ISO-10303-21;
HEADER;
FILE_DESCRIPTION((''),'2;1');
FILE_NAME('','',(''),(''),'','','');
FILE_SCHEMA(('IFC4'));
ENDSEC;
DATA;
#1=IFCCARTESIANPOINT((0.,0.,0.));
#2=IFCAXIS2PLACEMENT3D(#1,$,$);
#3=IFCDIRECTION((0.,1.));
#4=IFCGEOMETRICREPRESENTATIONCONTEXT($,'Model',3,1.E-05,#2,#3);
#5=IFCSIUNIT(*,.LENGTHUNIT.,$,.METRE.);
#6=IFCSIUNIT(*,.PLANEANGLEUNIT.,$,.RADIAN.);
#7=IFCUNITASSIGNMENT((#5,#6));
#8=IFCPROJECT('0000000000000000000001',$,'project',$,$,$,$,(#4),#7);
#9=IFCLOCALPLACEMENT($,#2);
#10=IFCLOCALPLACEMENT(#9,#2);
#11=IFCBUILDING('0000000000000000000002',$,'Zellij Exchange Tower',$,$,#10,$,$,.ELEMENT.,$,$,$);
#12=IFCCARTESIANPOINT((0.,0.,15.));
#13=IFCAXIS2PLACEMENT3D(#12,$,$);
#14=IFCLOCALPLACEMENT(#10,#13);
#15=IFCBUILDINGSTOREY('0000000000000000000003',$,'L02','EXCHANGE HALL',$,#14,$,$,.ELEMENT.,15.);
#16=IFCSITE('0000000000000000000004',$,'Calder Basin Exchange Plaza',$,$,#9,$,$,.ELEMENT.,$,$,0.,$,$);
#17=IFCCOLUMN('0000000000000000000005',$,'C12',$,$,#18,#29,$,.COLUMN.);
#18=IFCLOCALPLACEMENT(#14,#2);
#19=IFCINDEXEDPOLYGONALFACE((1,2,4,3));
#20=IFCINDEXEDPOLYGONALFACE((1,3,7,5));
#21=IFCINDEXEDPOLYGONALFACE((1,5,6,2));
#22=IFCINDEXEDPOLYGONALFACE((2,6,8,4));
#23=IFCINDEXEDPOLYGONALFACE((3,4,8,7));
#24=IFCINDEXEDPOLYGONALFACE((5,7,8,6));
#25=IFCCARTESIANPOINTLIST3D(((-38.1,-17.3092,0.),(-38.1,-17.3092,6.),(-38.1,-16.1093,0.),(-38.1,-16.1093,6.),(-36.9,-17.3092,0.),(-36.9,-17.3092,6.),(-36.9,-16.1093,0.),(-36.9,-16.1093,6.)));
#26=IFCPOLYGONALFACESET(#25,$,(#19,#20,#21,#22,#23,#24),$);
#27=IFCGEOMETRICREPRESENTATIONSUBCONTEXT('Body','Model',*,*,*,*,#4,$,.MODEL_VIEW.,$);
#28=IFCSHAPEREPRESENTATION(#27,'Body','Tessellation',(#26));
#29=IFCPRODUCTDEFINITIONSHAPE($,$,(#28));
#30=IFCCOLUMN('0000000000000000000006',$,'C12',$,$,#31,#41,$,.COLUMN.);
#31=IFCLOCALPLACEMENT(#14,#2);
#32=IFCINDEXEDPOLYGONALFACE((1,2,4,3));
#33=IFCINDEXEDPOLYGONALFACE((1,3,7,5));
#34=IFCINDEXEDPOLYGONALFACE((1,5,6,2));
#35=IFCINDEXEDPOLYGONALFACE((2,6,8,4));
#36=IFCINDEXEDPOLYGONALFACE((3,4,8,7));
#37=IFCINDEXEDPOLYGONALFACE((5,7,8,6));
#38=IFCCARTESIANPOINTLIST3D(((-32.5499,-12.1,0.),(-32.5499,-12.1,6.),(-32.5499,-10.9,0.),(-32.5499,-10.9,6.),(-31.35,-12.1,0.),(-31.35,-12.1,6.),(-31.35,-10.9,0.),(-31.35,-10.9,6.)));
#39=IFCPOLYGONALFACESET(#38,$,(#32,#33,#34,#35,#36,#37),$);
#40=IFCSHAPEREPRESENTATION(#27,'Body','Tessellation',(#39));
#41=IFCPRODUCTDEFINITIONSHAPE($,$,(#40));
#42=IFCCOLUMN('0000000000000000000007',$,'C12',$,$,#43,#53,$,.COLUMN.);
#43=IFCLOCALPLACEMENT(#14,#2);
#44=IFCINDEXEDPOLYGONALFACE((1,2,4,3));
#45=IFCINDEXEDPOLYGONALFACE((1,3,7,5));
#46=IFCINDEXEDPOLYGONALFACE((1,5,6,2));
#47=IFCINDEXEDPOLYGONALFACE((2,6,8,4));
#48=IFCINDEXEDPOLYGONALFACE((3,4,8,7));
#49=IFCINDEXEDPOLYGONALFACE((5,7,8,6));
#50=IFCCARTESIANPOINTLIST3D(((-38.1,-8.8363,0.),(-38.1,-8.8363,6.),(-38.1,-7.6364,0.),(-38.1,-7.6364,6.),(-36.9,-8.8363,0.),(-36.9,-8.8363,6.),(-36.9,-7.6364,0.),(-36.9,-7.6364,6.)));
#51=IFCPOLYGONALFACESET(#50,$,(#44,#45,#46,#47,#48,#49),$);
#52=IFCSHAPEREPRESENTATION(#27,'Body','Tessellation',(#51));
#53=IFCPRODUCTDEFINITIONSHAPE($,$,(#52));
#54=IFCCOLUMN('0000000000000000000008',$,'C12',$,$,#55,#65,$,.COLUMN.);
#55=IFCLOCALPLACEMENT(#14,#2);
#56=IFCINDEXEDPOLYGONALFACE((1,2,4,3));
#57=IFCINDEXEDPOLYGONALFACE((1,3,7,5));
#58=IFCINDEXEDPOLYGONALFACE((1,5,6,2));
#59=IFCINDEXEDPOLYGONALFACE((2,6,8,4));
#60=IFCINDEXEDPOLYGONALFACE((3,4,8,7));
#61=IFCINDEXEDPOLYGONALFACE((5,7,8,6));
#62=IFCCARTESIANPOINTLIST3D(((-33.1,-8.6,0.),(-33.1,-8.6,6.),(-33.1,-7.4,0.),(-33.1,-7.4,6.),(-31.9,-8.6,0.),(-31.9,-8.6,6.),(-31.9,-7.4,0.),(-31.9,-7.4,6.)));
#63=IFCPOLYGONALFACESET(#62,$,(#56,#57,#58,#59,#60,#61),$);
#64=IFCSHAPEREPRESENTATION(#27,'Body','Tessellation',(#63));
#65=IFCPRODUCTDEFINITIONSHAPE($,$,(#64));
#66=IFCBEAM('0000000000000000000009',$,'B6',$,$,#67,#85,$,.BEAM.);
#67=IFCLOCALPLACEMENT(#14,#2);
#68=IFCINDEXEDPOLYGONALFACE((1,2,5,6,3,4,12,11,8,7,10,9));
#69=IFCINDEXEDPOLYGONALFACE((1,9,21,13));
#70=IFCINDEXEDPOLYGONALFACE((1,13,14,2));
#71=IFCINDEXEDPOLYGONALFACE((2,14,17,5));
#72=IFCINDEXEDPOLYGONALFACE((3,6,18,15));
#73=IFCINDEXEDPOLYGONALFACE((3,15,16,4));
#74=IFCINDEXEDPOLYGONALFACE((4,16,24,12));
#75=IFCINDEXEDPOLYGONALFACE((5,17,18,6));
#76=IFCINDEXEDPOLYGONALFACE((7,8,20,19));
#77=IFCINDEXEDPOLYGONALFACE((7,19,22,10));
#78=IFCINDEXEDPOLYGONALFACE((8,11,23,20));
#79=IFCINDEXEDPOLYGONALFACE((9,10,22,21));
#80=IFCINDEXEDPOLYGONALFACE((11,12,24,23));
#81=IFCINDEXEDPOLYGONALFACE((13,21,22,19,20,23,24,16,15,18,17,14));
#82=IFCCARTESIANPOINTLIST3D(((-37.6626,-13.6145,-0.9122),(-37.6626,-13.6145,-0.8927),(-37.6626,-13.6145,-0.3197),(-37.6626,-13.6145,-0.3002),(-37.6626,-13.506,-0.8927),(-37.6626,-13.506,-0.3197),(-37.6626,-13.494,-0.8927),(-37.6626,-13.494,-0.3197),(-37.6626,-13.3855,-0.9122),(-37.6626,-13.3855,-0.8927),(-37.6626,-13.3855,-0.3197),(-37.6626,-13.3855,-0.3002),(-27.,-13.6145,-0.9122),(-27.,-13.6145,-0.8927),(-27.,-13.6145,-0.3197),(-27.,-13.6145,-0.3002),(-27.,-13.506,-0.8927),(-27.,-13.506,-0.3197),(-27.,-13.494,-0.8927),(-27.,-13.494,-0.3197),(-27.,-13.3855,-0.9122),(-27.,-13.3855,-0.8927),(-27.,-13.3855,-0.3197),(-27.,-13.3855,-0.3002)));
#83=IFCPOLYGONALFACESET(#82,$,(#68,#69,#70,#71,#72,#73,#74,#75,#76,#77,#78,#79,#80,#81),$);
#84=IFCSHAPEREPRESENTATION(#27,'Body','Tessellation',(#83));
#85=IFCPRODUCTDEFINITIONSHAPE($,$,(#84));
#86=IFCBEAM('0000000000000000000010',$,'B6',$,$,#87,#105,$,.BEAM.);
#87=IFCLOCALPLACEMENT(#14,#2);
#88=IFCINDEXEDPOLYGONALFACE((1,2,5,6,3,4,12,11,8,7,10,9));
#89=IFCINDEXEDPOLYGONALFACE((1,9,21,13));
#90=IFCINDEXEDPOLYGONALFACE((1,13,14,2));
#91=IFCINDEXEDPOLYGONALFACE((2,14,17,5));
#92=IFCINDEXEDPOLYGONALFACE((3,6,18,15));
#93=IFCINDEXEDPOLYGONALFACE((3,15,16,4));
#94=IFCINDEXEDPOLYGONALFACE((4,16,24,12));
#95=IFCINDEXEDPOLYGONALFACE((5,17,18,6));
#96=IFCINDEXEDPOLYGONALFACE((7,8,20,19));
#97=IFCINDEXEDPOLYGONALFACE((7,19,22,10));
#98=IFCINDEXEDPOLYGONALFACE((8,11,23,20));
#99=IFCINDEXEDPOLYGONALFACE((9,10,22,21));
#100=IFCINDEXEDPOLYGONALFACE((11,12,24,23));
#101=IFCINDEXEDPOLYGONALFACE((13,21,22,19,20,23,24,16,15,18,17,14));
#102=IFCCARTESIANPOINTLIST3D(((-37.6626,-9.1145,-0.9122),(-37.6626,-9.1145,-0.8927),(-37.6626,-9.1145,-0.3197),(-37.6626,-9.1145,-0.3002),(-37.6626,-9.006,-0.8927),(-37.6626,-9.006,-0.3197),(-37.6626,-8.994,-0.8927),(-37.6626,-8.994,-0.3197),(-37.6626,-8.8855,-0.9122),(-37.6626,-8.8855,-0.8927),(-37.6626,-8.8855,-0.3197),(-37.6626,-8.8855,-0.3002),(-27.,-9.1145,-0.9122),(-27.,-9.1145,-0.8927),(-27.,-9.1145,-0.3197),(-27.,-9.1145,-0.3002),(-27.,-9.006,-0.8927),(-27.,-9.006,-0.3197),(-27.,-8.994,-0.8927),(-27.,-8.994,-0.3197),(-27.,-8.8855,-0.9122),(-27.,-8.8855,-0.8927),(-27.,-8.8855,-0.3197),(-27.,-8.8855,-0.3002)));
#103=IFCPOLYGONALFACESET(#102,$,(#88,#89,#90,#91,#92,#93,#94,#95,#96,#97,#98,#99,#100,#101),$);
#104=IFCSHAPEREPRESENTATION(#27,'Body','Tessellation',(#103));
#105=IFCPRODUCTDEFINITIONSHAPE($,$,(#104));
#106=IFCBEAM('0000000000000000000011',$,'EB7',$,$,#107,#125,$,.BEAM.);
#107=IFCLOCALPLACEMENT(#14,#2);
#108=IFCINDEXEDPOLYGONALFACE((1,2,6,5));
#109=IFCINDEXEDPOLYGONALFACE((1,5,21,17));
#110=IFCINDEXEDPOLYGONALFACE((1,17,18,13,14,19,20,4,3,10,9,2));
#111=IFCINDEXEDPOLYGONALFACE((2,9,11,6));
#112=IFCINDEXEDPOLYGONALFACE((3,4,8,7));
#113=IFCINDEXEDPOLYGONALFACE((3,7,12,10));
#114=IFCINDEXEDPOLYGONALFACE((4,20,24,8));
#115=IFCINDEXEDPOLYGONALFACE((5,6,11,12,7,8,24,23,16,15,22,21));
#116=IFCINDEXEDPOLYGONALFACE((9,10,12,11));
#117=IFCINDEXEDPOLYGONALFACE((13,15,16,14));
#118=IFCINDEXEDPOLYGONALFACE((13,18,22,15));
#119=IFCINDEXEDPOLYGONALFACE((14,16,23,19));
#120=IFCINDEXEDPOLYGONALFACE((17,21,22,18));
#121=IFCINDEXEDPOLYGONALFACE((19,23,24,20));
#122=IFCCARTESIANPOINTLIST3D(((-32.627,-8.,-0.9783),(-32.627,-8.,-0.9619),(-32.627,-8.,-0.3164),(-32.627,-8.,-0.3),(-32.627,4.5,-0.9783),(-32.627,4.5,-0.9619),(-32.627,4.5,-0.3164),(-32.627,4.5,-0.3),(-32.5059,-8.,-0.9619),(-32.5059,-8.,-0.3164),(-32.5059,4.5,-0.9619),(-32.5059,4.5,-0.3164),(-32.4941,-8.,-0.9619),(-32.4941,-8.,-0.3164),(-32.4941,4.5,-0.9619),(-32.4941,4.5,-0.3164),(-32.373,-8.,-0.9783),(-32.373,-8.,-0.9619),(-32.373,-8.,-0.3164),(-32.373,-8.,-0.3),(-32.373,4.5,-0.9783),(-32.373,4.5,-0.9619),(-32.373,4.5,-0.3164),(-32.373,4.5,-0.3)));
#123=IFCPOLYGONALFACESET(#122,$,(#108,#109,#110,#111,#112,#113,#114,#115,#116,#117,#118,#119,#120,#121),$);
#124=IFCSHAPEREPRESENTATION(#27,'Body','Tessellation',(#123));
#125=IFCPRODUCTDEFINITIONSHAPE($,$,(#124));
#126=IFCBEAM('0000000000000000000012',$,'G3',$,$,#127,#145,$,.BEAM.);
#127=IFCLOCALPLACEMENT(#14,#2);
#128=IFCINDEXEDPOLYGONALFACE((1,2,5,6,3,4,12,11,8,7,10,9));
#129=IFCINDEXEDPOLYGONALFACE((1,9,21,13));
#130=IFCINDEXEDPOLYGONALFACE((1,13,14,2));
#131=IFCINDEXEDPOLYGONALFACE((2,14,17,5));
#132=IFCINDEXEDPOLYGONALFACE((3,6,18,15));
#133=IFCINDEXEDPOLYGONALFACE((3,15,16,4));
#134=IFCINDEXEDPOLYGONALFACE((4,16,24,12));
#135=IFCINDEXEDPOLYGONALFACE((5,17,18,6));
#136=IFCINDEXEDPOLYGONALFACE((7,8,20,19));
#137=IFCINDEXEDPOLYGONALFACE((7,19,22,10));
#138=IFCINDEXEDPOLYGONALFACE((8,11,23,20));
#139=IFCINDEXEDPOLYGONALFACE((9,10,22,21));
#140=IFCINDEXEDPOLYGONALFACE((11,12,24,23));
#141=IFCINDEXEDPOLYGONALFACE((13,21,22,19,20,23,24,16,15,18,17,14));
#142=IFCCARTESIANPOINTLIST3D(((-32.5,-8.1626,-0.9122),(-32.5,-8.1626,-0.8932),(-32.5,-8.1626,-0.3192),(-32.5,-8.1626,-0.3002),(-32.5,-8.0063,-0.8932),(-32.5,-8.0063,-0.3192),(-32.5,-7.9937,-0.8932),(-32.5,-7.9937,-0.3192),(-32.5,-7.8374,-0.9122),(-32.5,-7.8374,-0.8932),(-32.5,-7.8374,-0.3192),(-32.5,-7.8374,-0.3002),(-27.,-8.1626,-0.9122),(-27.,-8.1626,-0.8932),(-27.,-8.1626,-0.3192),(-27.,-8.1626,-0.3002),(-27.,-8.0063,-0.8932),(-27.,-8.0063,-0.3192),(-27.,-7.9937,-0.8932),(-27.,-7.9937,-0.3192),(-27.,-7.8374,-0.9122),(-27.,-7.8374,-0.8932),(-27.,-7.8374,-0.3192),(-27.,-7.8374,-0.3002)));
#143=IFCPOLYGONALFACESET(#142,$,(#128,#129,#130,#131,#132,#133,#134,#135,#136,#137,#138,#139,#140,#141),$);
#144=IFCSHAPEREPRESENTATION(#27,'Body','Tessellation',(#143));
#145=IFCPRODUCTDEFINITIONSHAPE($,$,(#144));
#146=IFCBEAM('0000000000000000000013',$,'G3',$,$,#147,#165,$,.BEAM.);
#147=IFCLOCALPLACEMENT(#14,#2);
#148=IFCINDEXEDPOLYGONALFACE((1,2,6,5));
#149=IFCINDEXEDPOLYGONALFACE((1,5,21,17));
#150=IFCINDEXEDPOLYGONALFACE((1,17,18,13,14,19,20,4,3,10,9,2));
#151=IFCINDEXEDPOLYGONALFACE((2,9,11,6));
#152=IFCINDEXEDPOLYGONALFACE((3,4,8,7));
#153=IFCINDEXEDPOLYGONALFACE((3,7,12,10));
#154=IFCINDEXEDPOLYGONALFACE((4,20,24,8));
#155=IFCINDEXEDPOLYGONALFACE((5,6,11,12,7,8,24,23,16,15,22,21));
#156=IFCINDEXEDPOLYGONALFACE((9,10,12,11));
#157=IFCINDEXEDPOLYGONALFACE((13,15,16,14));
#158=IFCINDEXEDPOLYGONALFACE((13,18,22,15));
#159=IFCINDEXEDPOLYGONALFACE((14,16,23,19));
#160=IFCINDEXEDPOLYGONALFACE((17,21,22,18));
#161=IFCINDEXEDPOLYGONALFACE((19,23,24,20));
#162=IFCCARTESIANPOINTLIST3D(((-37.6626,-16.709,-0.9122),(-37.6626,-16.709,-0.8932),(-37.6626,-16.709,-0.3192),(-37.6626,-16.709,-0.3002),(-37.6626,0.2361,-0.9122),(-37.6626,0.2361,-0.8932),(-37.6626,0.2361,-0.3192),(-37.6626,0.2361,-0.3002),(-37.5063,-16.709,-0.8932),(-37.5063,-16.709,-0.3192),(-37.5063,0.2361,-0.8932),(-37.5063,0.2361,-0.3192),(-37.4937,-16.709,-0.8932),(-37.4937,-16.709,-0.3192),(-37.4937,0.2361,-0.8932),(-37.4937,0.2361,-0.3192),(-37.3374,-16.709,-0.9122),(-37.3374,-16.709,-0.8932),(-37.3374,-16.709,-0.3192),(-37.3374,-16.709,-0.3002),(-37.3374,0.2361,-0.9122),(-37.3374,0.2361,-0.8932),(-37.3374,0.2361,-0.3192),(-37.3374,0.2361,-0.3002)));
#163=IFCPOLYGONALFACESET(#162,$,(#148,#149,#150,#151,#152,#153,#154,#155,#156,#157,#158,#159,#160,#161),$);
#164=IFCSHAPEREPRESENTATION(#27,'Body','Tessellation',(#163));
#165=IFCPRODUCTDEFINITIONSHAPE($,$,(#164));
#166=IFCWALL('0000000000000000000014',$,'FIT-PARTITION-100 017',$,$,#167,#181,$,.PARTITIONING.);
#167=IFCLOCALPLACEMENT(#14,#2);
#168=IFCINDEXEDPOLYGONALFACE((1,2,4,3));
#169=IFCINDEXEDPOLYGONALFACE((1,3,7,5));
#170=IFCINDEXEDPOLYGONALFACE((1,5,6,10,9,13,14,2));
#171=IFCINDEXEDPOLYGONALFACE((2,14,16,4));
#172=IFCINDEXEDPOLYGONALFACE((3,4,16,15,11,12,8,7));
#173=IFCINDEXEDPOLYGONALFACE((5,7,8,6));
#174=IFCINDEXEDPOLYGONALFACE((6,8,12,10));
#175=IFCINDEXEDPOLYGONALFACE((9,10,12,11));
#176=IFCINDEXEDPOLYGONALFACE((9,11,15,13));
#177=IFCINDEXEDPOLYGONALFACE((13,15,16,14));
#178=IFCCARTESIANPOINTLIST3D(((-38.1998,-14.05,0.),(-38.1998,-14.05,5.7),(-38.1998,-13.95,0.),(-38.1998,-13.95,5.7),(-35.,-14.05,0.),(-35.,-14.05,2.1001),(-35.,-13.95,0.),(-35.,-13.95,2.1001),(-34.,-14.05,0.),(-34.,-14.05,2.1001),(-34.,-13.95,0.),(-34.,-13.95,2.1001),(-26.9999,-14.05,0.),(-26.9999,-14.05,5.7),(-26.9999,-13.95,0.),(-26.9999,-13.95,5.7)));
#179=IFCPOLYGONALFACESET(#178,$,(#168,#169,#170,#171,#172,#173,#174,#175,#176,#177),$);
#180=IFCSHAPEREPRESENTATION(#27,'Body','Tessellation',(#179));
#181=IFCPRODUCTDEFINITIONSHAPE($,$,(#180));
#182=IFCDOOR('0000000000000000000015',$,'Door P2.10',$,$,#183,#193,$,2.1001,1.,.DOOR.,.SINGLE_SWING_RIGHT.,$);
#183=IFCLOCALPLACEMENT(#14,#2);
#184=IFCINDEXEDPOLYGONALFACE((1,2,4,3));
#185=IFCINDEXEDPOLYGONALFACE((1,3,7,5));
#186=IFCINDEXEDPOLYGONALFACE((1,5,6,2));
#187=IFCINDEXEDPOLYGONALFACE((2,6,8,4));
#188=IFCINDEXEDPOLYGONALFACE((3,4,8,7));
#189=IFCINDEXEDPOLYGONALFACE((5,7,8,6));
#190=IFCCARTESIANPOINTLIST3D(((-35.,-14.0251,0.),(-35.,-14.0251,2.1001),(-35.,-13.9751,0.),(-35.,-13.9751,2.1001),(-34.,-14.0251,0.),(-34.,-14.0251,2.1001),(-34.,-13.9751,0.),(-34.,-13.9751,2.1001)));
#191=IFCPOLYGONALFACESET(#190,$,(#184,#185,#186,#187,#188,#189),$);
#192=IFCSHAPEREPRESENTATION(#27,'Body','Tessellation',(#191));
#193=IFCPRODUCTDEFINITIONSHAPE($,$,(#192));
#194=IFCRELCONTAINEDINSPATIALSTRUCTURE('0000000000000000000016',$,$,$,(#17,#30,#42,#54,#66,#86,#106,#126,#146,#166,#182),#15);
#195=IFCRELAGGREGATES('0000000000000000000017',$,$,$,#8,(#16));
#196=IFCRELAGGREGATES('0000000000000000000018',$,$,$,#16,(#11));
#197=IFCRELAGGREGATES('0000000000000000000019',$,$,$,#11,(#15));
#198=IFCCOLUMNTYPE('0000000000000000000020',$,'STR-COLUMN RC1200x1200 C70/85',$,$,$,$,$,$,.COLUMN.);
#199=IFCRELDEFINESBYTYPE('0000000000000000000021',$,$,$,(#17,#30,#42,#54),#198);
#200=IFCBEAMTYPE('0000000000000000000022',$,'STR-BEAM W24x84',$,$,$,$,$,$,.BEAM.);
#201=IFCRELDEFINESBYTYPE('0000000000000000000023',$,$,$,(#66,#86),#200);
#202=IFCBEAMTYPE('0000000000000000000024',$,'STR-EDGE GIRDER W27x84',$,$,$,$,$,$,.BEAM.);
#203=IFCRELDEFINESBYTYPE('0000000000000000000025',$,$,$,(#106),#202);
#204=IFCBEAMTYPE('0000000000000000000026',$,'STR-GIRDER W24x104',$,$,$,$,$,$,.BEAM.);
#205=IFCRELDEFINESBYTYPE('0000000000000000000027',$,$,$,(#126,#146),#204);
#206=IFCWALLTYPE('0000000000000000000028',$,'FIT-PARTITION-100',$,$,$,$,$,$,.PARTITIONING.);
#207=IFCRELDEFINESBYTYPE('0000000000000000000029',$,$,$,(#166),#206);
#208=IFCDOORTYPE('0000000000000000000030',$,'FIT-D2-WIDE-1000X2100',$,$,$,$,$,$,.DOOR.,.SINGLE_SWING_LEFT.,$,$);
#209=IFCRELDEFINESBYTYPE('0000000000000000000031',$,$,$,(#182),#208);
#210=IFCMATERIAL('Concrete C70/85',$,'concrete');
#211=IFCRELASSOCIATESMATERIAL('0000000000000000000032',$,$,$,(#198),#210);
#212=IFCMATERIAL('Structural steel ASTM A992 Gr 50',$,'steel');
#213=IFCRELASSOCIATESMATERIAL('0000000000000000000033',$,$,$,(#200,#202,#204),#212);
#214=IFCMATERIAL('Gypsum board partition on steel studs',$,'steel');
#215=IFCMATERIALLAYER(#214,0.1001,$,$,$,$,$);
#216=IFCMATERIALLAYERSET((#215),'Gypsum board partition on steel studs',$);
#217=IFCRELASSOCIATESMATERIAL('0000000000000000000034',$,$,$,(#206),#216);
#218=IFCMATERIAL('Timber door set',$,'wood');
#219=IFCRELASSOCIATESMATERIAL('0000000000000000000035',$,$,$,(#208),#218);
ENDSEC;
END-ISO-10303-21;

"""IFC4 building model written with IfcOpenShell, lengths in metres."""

from ifc_helpers import new_model, si_unit, direction, frame, frame_2d, origin, origin_2d, place, context, subcontext, project, spatial, rectangle, i_section, extrude, material, layer, layer_set, material_profile, profile_set, type_object, element, fill, save


model = new_model("IFC4")

# Units and contexts
model_context = context("Model", 3, precision=1e-05, world=origin(), true_north=direction((0.0, 1.0)))
body_context = subcontext(model_context, "Body", "Model", "MODEL_VIEW")
ifc_project = project(units=[si_unit("LENGTHUNIT", "METRE"), si_unit("PLANEANGLEUNIT", "RADIAN")], contexts=[model_context])

# Site, building, storey
site_placement = place(None, origin())
site = spatial("IfcSite", under=ifc_project, at=site_placement, Name="Calder Basin Exchange Plaza", CompositionType="ELEMENT", RefElevation=0.0)
building_placement = place(site_placement, origin())
building = spatial("IfcBuilding", under=site, at=building_placement, Name="Zellij Exchange Tower", CompositionType="ELEMENT")
storey_placement = place(building_placement, frame((0.0, 0.0, 15.0)))
storey = spatial("IfcBuildingStorey", under=building, at=storey_placement, Name="L02", Description="EXCHANGE HALL", CompositionType="ELEMENT", Elevation=15.0)

# Columns
ifc_material_1 = material(Name="Concrete C70/85", Category="concrete")
ifc_material_profile_1 = material_profile(ifc_material_1, rectangle(XDim=1.2, YDim=1.2, at=origin_2d()), Name="STR-COLUMN RC1200x1200 C70/85")
ifc_profile_set_1 = profile_set([ifc_material_profile_1], Name="Concrete C70/85")
column_type = type_object("IfcColumnType", Name="STR-COLUMN RC1200x1200 C70/85", PredefinedType="COLUMN", material=ifc_profile_set_1)
for number, where, z_axis, x_axis, name in (
    (1, (-37.5, -16.7092, 0.0), (0.0, 0.0, 1.0), (1.0, 0.0, 0.0), "C12"),
    (2, (-31.95, -11.5, 0.0), (0.0, 0.0, 1.0), (1.0, 0.0, 0.0), "C12"),
    (3, (-37.5, -8.2363, 0.0), (0.0, 0.0, 1.0), (1.0, 0.0, 0.0), "C12"),
    (4, (-32.5, -8.0, 0.0), (0.0, 0.0, 1.0), (1.0, 0.0, 0.0), "C12"),
):
    element("IfcColumn", number, at=place(storey_placement, frame(where, z_axis=z_axis, x_axis=x_axis)), inside=storey, type_object=column_type, Name=name, PredefinedType="COLUMN", context=body_context, shape_type="SweptSolid", body=[
        extrude(rectangle(XDim=1.2, YDim=1.2, at=origin_2d()), origin(), (0.0, 0.0, 1.0), 6.0),
    ])

# Beams
ifc_material_2 = material(Name="Structural steel ASTM A992 Gr 50", Category="steel")
ifc_material_profile_2 = material_profile(ifc_material_2, i_section(OverallWidth=0.229, OverallDepth=0.6121, WebThickness=0.012, FlangeThickness=0.0195, at=origin_2d()), Name="W24x84")
ifc_profile_set_2 = profile_set([ifc_material_profile_2], Name="Structural steel ASTM A992 Gr 50")
beam_type_1 = type_object("IfcBeamType", Name="STR-BEAM W24x84", PredefinedType="BEAM", material=ifc_profile_set_2)
for number, where, z_axis, x_axis, name in (
    (5, (-37.6626, -13.5, -0.6062), (1.0, 0.0, 0.0), (0.0, 1.0, 0.0), "B6"),
    (6, (-37.6626, -9.0, -0.6062), (1.0, 0.0, 0.0), (0.0, 1.0, 0.0), "B6"),
):
    element("IfcBeam", number, at=place(storey_placement, frame(where, z_axis=z_axis, x_axis=x_axis)), inside=storey, type_object=beam_type_1, Name=name, PredefinedType="BEAM", context=body_context, shape_type="SweptSolid", body=[
        extrude(i_section(OverallWidth=0.229, OverallDepth=0.6121, WebThickness=0.012, FlangeThickness=0.0195, at=origin_2d()), origin(), (0.0, 0.0, 1.0), 10.6626),
    ])
ifc_material_profile_3 = material_profile(ifc_material_2, i_section(OverallWidth=0.2539, OverallDepth=0.6782, WebThickness=0.0117, FlangeThickness=0.0164, at=origin_2d()), Name="W27x84")
ifc_profile_set_3 = profile_set([ifc_material_profile_3], Name="Structural steel ASTM A992 Gr 50")
beam_type_2 = type_object("IfcBeamType", Name="STR-EDGE GIRDER W27x84", PredefinedType="BEAM", material=ifc_profile_set_3)
beam_1_placement = place(storey_placement, frame((-32.5, -8.0, -0.6392), z_axis=(0.0, 1.0, 0.0), x_axis=(-1.0, 0.0, 0.0)))
element("IfcBeam", 7, at=beam_1_placement, inside=storey, type_object=beam_type_2, Name="EB7", PredefinedType="BEAM", context=body_context, shape_type="SweptSolid", body=[
    extrude(i_section(OverallWidth=0.2539, OverallDepth=0.6782, WebThickness=0.0117, FlangeThickness=0.0164, at=origin_2d()), origin(), (0.0, 0.0, 1.0), 12.5),
])
ifc_material_profile_4 = material_profile(ifc_material_2, i_section(OverallWidth=0.3252, OverallDepth=0.6121, WebThickness=0.0127, FlangeThickness=0.019, at=origin_2d()), Name="W24x104")
ifc_profile_set_4 = profile_set([ifc_material_profile_4], Name="Structural steel ASTM A992 Gr 50")
beam_type_3 = type_object("IfcBeamType", Name="STR-GIRDER W24x104", PredefinedType="BEAM", material=ifc_profile_set_4)
beam_2_placement = place(storey_placement, frame((-32.5, -8.0, -0.6062), z_axis=(1.0, 0.0, 0.0), x_axis=(0.0, 1.0, 0.0)))
element("IfcBeam", 8, at=beam_2_placement, inside=storey, type_object=beam_type_3, Name="G3", PredefinedType="BEAM", context=body_context, shape_type="SweptSolid", body=[
    extrude(i_section(OverallWidth=0.3252, OverallDepth=0.6121, WebThickness=0.0127, FlangeThickness=0.019, at=origin_2d()), origin(), (0.0, 0.0, 1.0), 5.5),
])
beam_3_placement = place(storey_placement, frame((-37.5, -16.709, -0.6062), z_axis=(0.0, 1.0, 0.0), x_axis=(-1.0, 0.0, 0.0)))
element("IfcBeam", 9, at=beam_3_placement, inside=storey, type_object=beam_type_3, Name="G3", PredefinedType="BEAM", context=body_context, shape_type="SweptSolid", body=[
    extrude(i_section(OverallWidth=0.3252, OverallDepth=0.6121, WebThickness=0.0127, FlangeThickness=0.019, at=origin_2d()), origin(), (0.0, 0.0, 1.0), 16.9451),
])

# Wall, opening, door
ifc_material_3 = material(Name="Gypsum board partition on steel studs", Category="steel")
ifc_layer = layer(ifc_material_3, 0.1001)
ifc_layer_set = layer_set([ifc_layer], Name="Gypsum board partition on steel studs")
wall_type = type_object("IfcWallType", Name="FIT-PARTITION-100", PredefinedType="PARTITIONING", material=ifc_layer_set)
wall_placement = place(storey_placement, frame((-38.2, -14.0, 0.0), z_axis=(0.0, 0.0, 1.0), x_axis=(1.0, 0.0, 0.0)))
wall = element("IfcWall", 10, at=wall_placement, inside=storey, type_object=wall_type, Name="FIT-PARTITION-100 017", PredefinedType="PARTITIONING", context=body_context, shape_type="SweptSolid", body=[
    extrude(rectangle(XDim=11.2, YDim=0.1001, at=frame_2d((5.6001, 0.0))), origin(), (0.0, 0.0, 1.0), 5.7),
])
opening_placement = place(wall_placement, frame((3.2, 0.0, 0.0)))
opening = element("IfcOpeningElement", 11, at=opening_placement, cuts=wall, PredefinedType="OPENING", context=body_context, shape_type="SweptSolid", body=[
    extrude(rectangle(XDim=1.0, YDim=2.1001, at=frame_2d((0.5, 1.05))), frame((0.0, 0.062, 0.0), z_axis=(0.0, -1.0, 0.0), x_axis=(1.0, 0.0, 0.0)), (0.0, 0.0, 1.0), 0.124),
])
ifc_material_4 = material(Name="Timber door set", Category="wood")
door_type = type_object("IfcDoorType", Name="FIT-D2-WIDE-1000X2100", OperationType="SINGLE_SWING_LEFT", PredefinedType="DOOR", material=ifc_material_4)
door_placement = place(opening_placement, origin())
door = element("IfcDoor", 12, at=door_placement, inside=storey, type_object=door_type, Name="Door P2.10", OperationType="SINGLE_SWING_RIGHT", OverallHeight=2.1001, OverallWidth=1.0, PredefinedType="DOOR", context=body_context, shape_type="SweptSolid", body=[
    extrude(rectangle(XDim=1.0, YDim=2.1001, at=frame_2d((0.5, 1.05))), frame((0.0, 0.0249, 0.0), z_axis=(0.0, -1.0, 0.0), x_axis=(1.0, 0.0, 0.0)), (0.0, 0.0, 1.0), 0.05),
])
fill(opening, door)

save(model, "model.ifc")
